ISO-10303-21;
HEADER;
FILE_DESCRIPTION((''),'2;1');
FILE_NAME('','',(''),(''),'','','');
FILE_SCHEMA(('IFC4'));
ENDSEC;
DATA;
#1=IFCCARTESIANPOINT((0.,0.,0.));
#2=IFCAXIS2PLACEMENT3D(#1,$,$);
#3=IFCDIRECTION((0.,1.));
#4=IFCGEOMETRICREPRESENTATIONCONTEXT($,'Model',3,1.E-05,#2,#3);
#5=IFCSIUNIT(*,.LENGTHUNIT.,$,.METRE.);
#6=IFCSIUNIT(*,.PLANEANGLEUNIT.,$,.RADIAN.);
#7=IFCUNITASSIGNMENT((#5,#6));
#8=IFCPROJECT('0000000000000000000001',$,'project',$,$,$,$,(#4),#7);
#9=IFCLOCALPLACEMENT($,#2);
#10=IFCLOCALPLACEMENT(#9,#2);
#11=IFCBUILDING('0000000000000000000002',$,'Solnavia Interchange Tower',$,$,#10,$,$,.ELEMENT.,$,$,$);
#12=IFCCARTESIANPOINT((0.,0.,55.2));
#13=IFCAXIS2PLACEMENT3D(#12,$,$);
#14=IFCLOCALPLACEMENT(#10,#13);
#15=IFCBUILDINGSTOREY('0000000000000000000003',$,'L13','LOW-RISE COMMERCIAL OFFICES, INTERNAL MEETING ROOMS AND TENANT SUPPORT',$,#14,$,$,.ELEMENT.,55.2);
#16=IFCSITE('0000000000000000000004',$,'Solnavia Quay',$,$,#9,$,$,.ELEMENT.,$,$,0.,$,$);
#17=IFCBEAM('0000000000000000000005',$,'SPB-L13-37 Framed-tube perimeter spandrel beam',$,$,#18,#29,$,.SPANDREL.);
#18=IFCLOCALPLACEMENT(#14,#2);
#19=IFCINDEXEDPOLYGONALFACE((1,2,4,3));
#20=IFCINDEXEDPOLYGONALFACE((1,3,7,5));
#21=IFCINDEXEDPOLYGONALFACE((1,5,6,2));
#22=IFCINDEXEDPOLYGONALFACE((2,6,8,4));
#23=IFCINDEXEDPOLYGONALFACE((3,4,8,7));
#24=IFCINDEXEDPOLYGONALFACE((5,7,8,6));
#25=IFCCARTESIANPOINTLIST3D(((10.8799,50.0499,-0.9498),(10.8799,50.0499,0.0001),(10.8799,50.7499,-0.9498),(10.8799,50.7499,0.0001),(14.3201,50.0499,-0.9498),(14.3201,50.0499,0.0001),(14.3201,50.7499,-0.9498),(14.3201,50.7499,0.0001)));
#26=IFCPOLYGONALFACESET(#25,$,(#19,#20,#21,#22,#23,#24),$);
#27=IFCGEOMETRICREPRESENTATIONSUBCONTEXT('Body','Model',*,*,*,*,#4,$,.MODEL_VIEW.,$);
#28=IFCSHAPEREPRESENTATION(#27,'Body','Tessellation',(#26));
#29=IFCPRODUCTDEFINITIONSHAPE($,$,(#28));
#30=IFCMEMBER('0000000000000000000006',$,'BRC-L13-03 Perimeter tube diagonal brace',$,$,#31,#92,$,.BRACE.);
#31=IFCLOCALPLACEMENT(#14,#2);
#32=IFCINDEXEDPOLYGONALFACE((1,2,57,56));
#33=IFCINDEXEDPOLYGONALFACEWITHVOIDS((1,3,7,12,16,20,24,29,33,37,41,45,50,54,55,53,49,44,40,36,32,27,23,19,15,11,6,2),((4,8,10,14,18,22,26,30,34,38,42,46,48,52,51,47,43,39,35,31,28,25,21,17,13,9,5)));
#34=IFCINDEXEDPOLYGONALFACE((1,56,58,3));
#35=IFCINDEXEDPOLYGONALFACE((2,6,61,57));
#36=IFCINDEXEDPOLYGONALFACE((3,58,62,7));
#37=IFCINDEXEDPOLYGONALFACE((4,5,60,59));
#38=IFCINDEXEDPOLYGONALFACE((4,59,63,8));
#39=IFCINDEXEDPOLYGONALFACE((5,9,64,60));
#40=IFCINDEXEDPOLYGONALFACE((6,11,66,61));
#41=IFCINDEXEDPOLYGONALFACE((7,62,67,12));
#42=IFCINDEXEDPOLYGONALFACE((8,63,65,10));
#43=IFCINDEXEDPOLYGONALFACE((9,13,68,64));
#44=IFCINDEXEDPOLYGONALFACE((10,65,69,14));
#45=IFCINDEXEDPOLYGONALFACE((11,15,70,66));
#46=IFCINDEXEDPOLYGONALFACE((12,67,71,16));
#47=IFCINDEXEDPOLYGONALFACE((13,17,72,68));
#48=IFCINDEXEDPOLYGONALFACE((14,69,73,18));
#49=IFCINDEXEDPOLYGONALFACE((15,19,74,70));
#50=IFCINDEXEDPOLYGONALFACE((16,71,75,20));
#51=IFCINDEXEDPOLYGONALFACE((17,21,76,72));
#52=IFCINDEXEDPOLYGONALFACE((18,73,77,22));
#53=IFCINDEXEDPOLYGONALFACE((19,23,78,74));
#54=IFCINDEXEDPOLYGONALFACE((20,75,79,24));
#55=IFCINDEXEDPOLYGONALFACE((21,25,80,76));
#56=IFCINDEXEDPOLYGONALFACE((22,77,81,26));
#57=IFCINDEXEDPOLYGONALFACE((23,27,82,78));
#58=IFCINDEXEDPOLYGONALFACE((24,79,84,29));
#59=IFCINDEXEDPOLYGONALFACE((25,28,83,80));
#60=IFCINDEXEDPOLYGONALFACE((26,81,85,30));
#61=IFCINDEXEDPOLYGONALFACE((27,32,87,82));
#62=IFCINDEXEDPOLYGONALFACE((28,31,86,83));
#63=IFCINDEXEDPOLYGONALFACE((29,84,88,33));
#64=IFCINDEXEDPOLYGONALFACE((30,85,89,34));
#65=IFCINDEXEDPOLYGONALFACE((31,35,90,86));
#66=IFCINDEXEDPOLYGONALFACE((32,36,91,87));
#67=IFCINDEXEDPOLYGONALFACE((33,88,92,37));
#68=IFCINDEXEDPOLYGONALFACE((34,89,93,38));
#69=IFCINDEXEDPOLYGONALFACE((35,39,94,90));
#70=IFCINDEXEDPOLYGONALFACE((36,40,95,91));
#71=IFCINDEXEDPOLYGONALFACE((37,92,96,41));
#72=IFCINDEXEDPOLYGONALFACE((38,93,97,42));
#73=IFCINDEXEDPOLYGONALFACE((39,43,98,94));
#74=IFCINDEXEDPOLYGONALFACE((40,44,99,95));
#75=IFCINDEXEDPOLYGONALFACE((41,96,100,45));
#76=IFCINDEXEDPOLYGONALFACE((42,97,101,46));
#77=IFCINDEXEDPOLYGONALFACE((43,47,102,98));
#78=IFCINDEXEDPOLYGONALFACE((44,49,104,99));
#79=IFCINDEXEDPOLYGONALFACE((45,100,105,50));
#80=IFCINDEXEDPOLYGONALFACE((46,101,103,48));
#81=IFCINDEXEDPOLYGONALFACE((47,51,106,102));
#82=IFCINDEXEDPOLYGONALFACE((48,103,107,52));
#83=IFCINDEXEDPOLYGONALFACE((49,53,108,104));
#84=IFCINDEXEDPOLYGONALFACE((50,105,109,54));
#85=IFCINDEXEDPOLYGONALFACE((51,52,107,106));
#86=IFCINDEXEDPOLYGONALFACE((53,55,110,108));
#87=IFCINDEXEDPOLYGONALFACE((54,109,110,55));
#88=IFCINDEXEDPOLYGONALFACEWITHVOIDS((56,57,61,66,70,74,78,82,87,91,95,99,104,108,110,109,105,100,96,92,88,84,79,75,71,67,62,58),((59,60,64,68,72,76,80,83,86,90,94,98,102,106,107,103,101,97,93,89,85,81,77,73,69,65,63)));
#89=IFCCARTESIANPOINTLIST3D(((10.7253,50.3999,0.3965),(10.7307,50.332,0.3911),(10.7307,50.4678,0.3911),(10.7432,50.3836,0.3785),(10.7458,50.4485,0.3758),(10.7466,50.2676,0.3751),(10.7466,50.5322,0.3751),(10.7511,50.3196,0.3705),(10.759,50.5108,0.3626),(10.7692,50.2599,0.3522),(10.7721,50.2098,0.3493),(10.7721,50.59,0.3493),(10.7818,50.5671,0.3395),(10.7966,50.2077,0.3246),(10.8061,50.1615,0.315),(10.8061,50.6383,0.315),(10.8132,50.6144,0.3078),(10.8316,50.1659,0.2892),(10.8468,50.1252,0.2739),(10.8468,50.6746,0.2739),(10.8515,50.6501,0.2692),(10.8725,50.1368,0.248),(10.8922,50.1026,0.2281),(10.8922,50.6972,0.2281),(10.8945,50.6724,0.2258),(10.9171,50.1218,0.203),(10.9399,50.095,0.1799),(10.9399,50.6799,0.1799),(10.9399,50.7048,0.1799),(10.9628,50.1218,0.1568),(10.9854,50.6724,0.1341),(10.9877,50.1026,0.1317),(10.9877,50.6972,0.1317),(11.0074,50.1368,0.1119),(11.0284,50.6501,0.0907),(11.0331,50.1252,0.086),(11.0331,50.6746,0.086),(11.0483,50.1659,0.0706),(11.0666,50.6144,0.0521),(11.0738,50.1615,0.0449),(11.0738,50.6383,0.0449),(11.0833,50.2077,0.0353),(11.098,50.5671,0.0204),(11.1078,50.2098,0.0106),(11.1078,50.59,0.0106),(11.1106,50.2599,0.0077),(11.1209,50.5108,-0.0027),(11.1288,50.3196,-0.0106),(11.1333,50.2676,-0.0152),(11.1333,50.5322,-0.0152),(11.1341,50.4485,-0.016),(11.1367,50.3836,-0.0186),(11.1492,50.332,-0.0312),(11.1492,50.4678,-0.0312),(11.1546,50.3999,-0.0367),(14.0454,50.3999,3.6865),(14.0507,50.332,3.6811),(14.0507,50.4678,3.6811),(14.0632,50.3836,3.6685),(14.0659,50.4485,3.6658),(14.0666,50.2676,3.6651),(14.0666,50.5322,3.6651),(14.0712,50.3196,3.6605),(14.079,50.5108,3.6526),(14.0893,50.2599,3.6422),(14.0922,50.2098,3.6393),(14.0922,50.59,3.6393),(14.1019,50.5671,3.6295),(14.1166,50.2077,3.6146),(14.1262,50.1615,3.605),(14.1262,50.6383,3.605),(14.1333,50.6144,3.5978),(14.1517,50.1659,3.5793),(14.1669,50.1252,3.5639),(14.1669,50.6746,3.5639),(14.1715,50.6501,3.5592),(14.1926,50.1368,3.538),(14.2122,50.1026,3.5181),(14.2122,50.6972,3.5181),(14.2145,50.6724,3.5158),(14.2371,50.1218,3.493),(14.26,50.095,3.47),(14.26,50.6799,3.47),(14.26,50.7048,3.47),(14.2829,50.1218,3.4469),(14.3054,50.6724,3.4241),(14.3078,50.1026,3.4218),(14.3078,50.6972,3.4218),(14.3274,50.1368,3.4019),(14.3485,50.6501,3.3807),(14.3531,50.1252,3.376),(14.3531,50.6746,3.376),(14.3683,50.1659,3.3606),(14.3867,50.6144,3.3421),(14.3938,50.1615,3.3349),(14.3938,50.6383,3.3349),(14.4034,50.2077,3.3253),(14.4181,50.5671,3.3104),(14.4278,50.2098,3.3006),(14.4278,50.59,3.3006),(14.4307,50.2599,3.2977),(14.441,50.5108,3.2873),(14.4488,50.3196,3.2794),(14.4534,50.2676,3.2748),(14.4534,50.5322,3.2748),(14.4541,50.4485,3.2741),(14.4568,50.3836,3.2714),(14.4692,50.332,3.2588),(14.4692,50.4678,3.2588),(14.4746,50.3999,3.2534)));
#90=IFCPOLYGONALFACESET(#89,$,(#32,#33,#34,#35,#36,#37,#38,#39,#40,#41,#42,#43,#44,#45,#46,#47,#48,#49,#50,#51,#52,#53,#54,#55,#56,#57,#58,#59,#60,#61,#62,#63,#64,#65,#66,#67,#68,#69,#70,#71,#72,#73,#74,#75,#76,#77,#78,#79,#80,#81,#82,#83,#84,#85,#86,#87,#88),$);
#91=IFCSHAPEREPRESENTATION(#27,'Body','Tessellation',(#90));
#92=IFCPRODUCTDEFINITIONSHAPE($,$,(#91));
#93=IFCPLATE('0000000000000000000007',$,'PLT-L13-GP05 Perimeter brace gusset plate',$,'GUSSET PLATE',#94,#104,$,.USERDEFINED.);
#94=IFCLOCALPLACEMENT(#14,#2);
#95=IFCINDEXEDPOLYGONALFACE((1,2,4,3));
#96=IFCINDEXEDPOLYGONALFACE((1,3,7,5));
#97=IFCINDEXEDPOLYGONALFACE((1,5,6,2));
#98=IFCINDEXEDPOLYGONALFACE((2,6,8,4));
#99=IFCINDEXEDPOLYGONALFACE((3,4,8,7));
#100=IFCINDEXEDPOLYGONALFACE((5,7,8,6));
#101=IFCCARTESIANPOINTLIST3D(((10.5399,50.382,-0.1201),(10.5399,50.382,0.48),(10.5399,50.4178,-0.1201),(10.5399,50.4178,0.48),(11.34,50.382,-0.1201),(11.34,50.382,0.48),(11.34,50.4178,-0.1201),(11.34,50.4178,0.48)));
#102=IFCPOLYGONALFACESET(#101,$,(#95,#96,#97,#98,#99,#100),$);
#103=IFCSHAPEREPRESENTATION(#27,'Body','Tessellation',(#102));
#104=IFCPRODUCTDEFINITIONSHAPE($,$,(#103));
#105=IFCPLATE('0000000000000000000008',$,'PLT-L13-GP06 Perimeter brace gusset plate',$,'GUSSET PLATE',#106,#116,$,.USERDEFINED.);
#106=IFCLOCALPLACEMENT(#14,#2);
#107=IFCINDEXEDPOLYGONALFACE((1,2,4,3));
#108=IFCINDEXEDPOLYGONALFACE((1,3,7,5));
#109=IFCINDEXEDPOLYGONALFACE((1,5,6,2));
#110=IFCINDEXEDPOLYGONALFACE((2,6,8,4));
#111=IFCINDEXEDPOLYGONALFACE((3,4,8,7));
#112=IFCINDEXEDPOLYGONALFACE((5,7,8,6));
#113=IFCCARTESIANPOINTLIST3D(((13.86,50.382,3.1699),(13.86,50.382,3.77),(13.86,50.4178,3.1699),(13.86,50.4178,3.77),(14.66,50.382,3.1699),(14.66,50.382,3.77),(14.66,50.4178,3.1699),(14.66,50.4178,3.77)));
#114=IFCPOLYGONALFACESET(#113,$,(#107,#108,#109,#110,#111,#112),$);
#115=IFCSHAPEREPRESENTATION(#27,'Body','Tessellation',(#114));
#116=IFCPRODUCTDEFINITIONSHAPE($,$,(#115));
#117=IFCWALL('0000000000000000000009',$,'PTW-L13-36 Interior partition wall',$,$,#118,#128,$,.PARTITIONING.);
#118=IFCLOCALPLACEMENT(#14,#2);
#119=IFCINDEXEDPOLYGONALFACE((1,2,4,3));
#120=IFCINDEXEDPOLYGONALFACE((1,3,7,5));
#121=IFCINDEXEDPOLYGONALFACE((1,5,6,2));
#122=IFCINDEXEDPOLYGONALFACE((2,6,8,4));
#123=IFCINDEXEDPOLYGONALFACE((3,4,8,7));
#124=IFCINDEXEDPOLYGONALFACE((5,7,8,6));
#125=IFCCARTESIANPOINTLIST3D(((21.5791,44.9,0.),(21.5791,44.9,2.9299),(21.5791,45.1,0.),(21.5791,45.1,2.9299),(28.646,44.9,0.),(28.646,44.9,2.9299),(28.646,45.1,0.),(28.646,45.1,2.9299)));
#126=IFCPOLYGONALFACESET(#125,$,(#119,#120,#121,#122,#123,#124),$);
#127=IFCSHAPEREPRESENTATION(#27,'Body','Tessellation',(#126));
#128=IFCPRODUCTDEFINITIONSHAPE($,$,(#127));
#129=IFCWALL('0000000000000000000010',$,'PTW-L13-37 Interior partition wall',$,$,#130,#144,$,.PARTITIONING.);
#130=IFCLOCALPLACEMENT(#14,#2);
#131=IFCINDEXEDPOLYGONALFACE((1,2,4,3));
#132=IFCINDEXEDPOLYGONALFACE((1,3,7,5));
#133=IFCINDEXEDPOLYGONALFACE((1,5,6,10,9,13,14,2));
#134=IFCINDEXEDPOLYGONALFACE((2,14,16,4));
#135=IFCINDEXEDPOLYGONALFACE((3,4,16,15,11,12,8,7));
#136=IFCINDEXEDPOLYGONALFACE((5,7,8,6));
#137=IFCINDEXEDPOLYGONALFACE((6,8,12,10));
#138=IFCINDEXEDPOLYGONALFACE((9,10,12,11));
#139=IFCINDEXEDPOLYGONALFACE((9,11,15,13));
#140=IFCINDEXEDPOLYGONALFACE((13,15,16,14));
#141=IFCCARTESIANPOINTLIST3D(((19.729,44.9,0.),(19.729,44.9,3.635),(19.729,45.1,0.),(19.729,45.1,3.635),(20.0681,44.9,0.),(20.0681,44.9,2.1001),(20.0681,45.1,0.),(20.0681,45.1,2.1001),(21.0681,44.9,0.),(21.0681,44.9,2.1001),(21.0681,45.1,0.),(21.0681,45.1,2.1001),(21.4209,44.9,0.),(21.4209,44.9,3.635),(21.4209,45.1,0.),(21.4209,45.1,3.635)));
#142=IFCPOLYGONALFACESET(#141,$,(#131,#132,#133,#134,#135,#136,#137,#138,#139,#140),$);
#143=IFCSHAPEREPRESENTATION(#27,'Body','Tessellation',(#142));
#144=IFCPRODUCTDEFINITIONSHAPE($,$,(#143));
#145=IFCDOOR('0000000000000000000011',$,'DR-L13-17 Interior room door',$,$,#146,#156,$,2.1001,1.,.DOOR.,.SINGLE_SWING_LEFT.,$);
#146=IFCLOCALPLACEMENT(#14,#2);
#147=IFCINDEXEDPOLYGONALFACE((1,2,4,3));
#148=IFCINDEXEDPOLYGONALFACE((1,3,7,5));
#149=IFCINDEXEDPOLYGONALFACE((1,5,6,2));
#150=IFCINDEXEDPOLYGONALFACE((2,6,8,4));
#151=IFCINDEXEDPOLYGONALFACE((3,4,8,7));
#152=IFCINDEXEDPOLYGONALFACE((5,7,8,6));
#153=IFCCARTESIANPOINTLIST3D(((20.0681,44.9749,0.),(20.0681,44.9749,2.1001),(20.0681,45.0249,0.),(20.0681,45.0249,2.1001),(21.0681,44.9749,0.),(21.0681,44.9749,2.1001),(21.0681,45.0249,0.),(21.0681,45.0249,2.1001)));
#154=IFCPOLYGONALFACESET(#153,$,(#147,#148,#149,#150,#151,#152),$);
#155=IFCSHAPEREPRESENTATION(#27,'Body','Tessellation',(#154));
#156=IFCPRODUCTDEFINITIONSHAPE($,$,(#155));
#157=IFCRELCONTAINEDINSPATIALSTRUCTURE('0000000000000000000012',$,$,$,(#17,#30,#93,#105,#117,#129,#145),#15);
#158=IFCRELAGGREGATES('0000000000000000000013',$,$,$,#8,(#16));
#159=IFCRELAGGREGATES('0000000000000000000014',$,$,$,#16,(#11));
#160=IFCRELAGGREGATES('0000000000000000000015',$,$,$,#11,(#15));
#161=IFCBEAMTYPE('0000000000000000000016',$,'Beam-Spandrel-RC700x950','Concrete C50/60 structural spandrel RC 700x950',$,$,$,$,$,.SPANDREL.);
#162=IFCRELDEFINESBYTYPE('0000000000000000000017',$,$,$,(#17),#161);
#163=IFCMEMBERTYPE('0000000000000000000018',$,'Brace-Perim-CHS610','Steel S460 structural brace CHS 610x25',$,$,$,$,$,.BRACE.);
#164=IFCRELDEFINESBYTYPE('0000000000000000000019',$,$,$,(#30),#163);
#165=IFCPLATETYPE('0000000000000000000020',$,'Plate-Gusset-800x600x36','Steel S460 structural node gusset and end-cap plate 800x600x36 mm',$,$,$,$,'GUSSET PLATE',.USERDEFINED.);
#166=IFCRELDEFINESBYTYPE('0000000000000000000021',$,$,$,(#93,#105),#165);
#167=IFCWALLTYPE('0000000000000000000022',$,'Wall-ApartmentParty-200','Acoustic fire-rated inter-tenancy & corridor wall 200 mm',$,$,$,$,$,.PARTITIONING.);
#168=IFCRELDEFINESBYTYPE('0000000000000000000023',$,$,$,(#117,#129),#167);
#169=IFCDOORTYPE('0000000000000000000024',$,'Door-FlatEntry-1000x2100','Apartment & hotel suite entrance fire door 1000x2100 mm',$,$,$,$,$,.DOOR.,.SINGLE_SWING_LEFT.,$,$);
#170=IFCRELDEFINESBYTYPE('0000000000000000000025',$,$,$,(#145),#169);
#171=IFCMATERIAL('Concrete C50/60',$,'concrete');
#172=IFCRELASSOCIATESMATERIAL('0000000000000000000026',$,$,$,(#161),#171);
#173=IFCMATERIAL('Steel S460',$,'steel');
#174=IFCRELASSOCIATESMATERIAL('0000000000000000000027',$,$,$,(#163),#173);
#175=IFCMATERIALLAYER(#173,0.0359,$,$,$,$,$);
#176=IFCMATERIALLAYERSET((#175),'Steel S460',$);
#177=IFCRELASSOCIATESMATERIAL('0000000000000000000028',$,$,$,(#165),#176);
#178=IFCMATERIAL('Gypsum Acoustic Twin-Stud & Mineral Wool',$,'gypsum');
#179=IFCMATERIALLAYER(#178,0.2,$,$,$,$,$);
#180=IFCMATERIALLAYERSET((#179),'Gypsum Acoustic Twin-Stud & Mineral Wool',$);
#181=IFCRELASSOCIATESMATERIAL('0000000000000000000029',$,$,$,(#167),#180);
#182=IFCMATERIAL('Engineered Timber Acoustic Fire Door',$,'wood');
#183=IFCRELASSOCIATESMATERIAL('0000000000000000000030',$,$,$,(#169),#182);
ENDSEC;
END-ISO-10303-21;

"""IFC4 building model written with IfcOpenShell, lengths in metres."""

from ifc_helpers import new_model, si_unit, direction, frame, frame_2d, origin, origin_2d, place, context, subcontext, project, spatial, rectangle, hollow_circle, extrude, material, layer, layer_set, material_profile, profile_set, type_object, element, fill, save


model = new_model("IFC4")

# Units and contexts
model_context = context("Model", 3, precision=1e-05, world=origin(), true_north=direction((0.0, 1.0)))
body_context = subcontext(model_context, "Body", "Model", "MODEL_VIEW")
ifc_project = project(units=[si_unit("LENGTHUNIT", "METRE"), si_unit("PLANEANGLEUNIT", "RADIAN")], contexts=[model_context])

# Site, building, storey
site_placement = place(None, origin())
site = spatial("IfcSite", under=ifc_project, at=site_placement, Name="Solnavia Quay", CompositionType="ELEMENT", RefElevation=0.0)
building_placement = place(site_placement, origin())
building = spatial("IfcBuilding", under=site, at=building_placement, Name="Solnavia Interchange Tower", CompositionType="ELEMENT")
storey_placement = place(building_placement, frame((0.0, 0.0, 55.2)))
storey = spatial("IfcBuildingStorey", under=building, at=storey_placement, Name="L13", Description="LOW-RISE COMMERCIAL OFFICES, INTERNAL MEETING ROOMS AND TENANT SUPPORT", CompositionType="ELEMENT", Elevation=55.2)

# Beam
ifc_material_1 = material(Name="Steel S460", Category="steel")
ifc_material_2 = material(Name="Concrete C50/60", Category="concrete")
ifc_material_profile_1 = material_profile(ifc_material_2, rectangle(XDim=0.7, YDim=0.95, at=origin_2d()), Name="RC 700x950")
ifc_profile_set_1 = profile_set([ifc_material_profile_1], Name="Concrete C50/60")
beam_type_1 = type_object("IfcBeamType", Name="Beam-Spandrel-RC700x950", Description="Concrete C50/60 structural spandrel RC 700x950", PredefinedType="SPANDREL", material=ifc_profile_set_1)
beam_1_placement = place(storey_placement, frame((14.3201, 50.3999, -0.4749), z_axis=(-1.0, 0.0, 0.0), x_axis=(0.0, -1.0, 0.0)))
element("IfcBeam", 1, at=beam_1_placement, inside=storey, type_object=beam_type_1, Name="SPB-L13-37 Framed-tube perimeter spandrel beam", PredefinedType="SPANDREL", context=body_context, shape_type="SweptSolid", body=[
    extrude(rectangle(XDim=0.7, YDim=0.95, at=origin_2d()), origin(), (0.0, 0.0, 1.0), 3.4402),
])

# Member
ifc_material_profile_2 = material_profile(ifc_material_1, hollow_circle(Radius=0.3049, WallThickness=0.0249, at=origin_2d()), Name="CHS 610x25")
ifc_profile_set_2 = profile_set([ifc_material_profile_2], Name="Steel S460")
member_type = type_object("IfcMemberType", Name="Brace-Perim-CHS610", Description="Steel S460 structural brace CHS 610x25", PredefinedType="BRACE", material=ifc_profile_set_2)
member_placement = place(storey_placement, frame((10.9399, 50.3999, 0.1799), z_axis=(0.710312, 0.0, 0.703887), x_axis=(0.0, 1.0, 0.0)))
element("IfcMember", 2, at=member_placement, inside=storey, type_object=member_type, Name="BRC-L13-03 Perimeter tube diagonal brace", PredefinedType="BRACE", context=body_context, shape_type="SweptSolid", body=[
    extrude(hollow_circle(Radius=0.3049, WallThickness=0.0249, at=origin_2d()), origin(), (0.0, 0.0, 1.0), 4.6741),
])

# Plates
ifc_layer_1 = layer(ifc_material_1, 0.0359)
ifc_layer_set_1 = layer_set([ifc_layer_1], Name="Steel S460")
plate_type = type_object("IfcPlateType", Name="Plate-Gusset-800x600x36", Description="Steel S460 structural node gusset and end-cap plate 800x600x36 mm", ElementType="GUSSET PLATE", PredefinedType="USERDEFINED", material=ifc_layer_set_1)
for number, where, z_axis, x_axis, name in (
    (3, (10.9399, 50.3999, -0.1201), (0.0, 0.0, 1.0), (1.0, 0.0, 0.0), "PLT-L13-GP05 Perimeter brace gusset plate"),
    (4, (14.26, 50.3999, 3.1699), (0.0, 0.0, 1.0), (1.0, 0.0, 0.0), "PLT-L13-GP06 Perimeter brace gusset plate"),
):
    element("IfcPlate", number, at=place(storey_placement, frame(where, z_axis=z_axis, x_axis=x_axis)), inside=storey, type_object=plate_type, Name=name, ObjectType="GUSSET PLATE", PredefinedType="USERDEFINED", context=body_context, shape_type="SweptSolid", body=[
        extrude(rectangle(XDim=0.8, YDim=0.0359, at=origin_2d()), origin(), (0.0, 0.0, 1.0), 0.6001),
    ])

# Wall
ifc_material_3 = material(Name="Gypsum Acoustic Twin-Stud & Mineral Wool", Category="gypsum")
ifc_layer_2 = layer(ifc_material_3, 0.2)
ifc_layer_set_2 = layer_set([ifc_layer_2], Name="Gypsum Acoustic Twin-Stud & Mineral Wool")
wall_type_1 = type_object("IfcWallType", Name="Wall-ApartmentParty-200", Description="Acoustic fire-rated inter-tenancy & corridor wall 200 mm", PredefinedType="PARTITIONING", material=ifc_layer_set_2)
wall_1_placement = place(storey_placement, frame((21.5791, 45.0, 0.0), z_axis=(0.0, 0.0, 1.0), x_axis=(1.0, 0.0, 0.0)))
element("IfcWall", 5, at=wall_1_placement, inside=storey, type_object=wall_type_1, Name="PTW-L13-36 Interior partition wall", PredefinedType="PARTITIONING", context=body_context, shape_type="SweptSolid", body=[
    extrude(rectangle(XDim=7.0669, YDim=0.2, at=frame_2d((3.5334, 0.0))), origin(), (0.0, 0.0, 1.0), 2.9299),
])

# Wall, opening, door
wall_2_placement = place(storey_placement, frame((19.729, 45.0, 0.0), z_axis=(0.0, 0.0, 1.0), x_axis=(1.0, 0.0, 0.0)))
wall_2 = element("IfcWall", 6, at=wall_2_placement, inside=storey, type_object=wall_type_1, Name="PTW-L13-37 Interior partition wall", PredefinedType="PARTITIONING", context=body_context, shape_type="SweptSolid", body=[
    extrude(rectangle(XDim=1.6919, YDim=0.2, at=frame_2d((0.8459, 0.0))), origin(), (0.0, 0.0, 1.0), 3.635),
])
opening_1_placement = place(wall_2_placement, frame((0.3391, 0.0, 0.0)))
opening_1 = element("IfcOpeningElement", 7, at=opening_1_placement, cuts=wall_2, PredefinedType="OPENING", context=body_context, shape_type="SweptSolid", body=[
    extrude(rectangle(XDim=1.0, YDim=2.1001, at=frame_2d((0.5, 1.05))), frame((0.0, 0.1099, 0.0), z_axis=(0.0, -1.0, 0.0), x_axis=(1.0, 0.0, 0.0)), (0.0, 0.0, 1.0), 0.22),
])
ifc_material_4 = material(Name="Engineered Timber Acoustic Fire Door", Category="wood")
door_type = type_object("IfcDoorType", Name="Door-FlatEntry-1000x2100", Description="Apartment & hotel suite entrance fire door 1000x2100 mm", OperationType="SINGLE_SWING_LEFT", PredefinedType="DOOR", material=ifc_material_4)
door_placement = place(opening_1_placement, origin())
door = element("IfcDoor", 8, at=door_placement, inside=storey, type_object=door_type, Name="DR-L13-17 Interior room door", OperationType="SINGLE_SWING_LEFT", OverallHeight=2.1001, OverallWidth=1.0, PredefinedType="DOOR", context=body_context, shape_type="SweptSolid", body=[
    extrude(rectangle(XDim=1.0, YDim=2.1001, at=frame_2d((0.5, 1.05))), frame((0.0, 0.0249, 0.0), z_axis=(0.0, -1.0, 0.0), x_axis=(1.0, 0.0, 0.0)), (0.0, 0.0, 1.0), 0.05),
])
fill(opening_1, door)

save(model, "model.ifc")
